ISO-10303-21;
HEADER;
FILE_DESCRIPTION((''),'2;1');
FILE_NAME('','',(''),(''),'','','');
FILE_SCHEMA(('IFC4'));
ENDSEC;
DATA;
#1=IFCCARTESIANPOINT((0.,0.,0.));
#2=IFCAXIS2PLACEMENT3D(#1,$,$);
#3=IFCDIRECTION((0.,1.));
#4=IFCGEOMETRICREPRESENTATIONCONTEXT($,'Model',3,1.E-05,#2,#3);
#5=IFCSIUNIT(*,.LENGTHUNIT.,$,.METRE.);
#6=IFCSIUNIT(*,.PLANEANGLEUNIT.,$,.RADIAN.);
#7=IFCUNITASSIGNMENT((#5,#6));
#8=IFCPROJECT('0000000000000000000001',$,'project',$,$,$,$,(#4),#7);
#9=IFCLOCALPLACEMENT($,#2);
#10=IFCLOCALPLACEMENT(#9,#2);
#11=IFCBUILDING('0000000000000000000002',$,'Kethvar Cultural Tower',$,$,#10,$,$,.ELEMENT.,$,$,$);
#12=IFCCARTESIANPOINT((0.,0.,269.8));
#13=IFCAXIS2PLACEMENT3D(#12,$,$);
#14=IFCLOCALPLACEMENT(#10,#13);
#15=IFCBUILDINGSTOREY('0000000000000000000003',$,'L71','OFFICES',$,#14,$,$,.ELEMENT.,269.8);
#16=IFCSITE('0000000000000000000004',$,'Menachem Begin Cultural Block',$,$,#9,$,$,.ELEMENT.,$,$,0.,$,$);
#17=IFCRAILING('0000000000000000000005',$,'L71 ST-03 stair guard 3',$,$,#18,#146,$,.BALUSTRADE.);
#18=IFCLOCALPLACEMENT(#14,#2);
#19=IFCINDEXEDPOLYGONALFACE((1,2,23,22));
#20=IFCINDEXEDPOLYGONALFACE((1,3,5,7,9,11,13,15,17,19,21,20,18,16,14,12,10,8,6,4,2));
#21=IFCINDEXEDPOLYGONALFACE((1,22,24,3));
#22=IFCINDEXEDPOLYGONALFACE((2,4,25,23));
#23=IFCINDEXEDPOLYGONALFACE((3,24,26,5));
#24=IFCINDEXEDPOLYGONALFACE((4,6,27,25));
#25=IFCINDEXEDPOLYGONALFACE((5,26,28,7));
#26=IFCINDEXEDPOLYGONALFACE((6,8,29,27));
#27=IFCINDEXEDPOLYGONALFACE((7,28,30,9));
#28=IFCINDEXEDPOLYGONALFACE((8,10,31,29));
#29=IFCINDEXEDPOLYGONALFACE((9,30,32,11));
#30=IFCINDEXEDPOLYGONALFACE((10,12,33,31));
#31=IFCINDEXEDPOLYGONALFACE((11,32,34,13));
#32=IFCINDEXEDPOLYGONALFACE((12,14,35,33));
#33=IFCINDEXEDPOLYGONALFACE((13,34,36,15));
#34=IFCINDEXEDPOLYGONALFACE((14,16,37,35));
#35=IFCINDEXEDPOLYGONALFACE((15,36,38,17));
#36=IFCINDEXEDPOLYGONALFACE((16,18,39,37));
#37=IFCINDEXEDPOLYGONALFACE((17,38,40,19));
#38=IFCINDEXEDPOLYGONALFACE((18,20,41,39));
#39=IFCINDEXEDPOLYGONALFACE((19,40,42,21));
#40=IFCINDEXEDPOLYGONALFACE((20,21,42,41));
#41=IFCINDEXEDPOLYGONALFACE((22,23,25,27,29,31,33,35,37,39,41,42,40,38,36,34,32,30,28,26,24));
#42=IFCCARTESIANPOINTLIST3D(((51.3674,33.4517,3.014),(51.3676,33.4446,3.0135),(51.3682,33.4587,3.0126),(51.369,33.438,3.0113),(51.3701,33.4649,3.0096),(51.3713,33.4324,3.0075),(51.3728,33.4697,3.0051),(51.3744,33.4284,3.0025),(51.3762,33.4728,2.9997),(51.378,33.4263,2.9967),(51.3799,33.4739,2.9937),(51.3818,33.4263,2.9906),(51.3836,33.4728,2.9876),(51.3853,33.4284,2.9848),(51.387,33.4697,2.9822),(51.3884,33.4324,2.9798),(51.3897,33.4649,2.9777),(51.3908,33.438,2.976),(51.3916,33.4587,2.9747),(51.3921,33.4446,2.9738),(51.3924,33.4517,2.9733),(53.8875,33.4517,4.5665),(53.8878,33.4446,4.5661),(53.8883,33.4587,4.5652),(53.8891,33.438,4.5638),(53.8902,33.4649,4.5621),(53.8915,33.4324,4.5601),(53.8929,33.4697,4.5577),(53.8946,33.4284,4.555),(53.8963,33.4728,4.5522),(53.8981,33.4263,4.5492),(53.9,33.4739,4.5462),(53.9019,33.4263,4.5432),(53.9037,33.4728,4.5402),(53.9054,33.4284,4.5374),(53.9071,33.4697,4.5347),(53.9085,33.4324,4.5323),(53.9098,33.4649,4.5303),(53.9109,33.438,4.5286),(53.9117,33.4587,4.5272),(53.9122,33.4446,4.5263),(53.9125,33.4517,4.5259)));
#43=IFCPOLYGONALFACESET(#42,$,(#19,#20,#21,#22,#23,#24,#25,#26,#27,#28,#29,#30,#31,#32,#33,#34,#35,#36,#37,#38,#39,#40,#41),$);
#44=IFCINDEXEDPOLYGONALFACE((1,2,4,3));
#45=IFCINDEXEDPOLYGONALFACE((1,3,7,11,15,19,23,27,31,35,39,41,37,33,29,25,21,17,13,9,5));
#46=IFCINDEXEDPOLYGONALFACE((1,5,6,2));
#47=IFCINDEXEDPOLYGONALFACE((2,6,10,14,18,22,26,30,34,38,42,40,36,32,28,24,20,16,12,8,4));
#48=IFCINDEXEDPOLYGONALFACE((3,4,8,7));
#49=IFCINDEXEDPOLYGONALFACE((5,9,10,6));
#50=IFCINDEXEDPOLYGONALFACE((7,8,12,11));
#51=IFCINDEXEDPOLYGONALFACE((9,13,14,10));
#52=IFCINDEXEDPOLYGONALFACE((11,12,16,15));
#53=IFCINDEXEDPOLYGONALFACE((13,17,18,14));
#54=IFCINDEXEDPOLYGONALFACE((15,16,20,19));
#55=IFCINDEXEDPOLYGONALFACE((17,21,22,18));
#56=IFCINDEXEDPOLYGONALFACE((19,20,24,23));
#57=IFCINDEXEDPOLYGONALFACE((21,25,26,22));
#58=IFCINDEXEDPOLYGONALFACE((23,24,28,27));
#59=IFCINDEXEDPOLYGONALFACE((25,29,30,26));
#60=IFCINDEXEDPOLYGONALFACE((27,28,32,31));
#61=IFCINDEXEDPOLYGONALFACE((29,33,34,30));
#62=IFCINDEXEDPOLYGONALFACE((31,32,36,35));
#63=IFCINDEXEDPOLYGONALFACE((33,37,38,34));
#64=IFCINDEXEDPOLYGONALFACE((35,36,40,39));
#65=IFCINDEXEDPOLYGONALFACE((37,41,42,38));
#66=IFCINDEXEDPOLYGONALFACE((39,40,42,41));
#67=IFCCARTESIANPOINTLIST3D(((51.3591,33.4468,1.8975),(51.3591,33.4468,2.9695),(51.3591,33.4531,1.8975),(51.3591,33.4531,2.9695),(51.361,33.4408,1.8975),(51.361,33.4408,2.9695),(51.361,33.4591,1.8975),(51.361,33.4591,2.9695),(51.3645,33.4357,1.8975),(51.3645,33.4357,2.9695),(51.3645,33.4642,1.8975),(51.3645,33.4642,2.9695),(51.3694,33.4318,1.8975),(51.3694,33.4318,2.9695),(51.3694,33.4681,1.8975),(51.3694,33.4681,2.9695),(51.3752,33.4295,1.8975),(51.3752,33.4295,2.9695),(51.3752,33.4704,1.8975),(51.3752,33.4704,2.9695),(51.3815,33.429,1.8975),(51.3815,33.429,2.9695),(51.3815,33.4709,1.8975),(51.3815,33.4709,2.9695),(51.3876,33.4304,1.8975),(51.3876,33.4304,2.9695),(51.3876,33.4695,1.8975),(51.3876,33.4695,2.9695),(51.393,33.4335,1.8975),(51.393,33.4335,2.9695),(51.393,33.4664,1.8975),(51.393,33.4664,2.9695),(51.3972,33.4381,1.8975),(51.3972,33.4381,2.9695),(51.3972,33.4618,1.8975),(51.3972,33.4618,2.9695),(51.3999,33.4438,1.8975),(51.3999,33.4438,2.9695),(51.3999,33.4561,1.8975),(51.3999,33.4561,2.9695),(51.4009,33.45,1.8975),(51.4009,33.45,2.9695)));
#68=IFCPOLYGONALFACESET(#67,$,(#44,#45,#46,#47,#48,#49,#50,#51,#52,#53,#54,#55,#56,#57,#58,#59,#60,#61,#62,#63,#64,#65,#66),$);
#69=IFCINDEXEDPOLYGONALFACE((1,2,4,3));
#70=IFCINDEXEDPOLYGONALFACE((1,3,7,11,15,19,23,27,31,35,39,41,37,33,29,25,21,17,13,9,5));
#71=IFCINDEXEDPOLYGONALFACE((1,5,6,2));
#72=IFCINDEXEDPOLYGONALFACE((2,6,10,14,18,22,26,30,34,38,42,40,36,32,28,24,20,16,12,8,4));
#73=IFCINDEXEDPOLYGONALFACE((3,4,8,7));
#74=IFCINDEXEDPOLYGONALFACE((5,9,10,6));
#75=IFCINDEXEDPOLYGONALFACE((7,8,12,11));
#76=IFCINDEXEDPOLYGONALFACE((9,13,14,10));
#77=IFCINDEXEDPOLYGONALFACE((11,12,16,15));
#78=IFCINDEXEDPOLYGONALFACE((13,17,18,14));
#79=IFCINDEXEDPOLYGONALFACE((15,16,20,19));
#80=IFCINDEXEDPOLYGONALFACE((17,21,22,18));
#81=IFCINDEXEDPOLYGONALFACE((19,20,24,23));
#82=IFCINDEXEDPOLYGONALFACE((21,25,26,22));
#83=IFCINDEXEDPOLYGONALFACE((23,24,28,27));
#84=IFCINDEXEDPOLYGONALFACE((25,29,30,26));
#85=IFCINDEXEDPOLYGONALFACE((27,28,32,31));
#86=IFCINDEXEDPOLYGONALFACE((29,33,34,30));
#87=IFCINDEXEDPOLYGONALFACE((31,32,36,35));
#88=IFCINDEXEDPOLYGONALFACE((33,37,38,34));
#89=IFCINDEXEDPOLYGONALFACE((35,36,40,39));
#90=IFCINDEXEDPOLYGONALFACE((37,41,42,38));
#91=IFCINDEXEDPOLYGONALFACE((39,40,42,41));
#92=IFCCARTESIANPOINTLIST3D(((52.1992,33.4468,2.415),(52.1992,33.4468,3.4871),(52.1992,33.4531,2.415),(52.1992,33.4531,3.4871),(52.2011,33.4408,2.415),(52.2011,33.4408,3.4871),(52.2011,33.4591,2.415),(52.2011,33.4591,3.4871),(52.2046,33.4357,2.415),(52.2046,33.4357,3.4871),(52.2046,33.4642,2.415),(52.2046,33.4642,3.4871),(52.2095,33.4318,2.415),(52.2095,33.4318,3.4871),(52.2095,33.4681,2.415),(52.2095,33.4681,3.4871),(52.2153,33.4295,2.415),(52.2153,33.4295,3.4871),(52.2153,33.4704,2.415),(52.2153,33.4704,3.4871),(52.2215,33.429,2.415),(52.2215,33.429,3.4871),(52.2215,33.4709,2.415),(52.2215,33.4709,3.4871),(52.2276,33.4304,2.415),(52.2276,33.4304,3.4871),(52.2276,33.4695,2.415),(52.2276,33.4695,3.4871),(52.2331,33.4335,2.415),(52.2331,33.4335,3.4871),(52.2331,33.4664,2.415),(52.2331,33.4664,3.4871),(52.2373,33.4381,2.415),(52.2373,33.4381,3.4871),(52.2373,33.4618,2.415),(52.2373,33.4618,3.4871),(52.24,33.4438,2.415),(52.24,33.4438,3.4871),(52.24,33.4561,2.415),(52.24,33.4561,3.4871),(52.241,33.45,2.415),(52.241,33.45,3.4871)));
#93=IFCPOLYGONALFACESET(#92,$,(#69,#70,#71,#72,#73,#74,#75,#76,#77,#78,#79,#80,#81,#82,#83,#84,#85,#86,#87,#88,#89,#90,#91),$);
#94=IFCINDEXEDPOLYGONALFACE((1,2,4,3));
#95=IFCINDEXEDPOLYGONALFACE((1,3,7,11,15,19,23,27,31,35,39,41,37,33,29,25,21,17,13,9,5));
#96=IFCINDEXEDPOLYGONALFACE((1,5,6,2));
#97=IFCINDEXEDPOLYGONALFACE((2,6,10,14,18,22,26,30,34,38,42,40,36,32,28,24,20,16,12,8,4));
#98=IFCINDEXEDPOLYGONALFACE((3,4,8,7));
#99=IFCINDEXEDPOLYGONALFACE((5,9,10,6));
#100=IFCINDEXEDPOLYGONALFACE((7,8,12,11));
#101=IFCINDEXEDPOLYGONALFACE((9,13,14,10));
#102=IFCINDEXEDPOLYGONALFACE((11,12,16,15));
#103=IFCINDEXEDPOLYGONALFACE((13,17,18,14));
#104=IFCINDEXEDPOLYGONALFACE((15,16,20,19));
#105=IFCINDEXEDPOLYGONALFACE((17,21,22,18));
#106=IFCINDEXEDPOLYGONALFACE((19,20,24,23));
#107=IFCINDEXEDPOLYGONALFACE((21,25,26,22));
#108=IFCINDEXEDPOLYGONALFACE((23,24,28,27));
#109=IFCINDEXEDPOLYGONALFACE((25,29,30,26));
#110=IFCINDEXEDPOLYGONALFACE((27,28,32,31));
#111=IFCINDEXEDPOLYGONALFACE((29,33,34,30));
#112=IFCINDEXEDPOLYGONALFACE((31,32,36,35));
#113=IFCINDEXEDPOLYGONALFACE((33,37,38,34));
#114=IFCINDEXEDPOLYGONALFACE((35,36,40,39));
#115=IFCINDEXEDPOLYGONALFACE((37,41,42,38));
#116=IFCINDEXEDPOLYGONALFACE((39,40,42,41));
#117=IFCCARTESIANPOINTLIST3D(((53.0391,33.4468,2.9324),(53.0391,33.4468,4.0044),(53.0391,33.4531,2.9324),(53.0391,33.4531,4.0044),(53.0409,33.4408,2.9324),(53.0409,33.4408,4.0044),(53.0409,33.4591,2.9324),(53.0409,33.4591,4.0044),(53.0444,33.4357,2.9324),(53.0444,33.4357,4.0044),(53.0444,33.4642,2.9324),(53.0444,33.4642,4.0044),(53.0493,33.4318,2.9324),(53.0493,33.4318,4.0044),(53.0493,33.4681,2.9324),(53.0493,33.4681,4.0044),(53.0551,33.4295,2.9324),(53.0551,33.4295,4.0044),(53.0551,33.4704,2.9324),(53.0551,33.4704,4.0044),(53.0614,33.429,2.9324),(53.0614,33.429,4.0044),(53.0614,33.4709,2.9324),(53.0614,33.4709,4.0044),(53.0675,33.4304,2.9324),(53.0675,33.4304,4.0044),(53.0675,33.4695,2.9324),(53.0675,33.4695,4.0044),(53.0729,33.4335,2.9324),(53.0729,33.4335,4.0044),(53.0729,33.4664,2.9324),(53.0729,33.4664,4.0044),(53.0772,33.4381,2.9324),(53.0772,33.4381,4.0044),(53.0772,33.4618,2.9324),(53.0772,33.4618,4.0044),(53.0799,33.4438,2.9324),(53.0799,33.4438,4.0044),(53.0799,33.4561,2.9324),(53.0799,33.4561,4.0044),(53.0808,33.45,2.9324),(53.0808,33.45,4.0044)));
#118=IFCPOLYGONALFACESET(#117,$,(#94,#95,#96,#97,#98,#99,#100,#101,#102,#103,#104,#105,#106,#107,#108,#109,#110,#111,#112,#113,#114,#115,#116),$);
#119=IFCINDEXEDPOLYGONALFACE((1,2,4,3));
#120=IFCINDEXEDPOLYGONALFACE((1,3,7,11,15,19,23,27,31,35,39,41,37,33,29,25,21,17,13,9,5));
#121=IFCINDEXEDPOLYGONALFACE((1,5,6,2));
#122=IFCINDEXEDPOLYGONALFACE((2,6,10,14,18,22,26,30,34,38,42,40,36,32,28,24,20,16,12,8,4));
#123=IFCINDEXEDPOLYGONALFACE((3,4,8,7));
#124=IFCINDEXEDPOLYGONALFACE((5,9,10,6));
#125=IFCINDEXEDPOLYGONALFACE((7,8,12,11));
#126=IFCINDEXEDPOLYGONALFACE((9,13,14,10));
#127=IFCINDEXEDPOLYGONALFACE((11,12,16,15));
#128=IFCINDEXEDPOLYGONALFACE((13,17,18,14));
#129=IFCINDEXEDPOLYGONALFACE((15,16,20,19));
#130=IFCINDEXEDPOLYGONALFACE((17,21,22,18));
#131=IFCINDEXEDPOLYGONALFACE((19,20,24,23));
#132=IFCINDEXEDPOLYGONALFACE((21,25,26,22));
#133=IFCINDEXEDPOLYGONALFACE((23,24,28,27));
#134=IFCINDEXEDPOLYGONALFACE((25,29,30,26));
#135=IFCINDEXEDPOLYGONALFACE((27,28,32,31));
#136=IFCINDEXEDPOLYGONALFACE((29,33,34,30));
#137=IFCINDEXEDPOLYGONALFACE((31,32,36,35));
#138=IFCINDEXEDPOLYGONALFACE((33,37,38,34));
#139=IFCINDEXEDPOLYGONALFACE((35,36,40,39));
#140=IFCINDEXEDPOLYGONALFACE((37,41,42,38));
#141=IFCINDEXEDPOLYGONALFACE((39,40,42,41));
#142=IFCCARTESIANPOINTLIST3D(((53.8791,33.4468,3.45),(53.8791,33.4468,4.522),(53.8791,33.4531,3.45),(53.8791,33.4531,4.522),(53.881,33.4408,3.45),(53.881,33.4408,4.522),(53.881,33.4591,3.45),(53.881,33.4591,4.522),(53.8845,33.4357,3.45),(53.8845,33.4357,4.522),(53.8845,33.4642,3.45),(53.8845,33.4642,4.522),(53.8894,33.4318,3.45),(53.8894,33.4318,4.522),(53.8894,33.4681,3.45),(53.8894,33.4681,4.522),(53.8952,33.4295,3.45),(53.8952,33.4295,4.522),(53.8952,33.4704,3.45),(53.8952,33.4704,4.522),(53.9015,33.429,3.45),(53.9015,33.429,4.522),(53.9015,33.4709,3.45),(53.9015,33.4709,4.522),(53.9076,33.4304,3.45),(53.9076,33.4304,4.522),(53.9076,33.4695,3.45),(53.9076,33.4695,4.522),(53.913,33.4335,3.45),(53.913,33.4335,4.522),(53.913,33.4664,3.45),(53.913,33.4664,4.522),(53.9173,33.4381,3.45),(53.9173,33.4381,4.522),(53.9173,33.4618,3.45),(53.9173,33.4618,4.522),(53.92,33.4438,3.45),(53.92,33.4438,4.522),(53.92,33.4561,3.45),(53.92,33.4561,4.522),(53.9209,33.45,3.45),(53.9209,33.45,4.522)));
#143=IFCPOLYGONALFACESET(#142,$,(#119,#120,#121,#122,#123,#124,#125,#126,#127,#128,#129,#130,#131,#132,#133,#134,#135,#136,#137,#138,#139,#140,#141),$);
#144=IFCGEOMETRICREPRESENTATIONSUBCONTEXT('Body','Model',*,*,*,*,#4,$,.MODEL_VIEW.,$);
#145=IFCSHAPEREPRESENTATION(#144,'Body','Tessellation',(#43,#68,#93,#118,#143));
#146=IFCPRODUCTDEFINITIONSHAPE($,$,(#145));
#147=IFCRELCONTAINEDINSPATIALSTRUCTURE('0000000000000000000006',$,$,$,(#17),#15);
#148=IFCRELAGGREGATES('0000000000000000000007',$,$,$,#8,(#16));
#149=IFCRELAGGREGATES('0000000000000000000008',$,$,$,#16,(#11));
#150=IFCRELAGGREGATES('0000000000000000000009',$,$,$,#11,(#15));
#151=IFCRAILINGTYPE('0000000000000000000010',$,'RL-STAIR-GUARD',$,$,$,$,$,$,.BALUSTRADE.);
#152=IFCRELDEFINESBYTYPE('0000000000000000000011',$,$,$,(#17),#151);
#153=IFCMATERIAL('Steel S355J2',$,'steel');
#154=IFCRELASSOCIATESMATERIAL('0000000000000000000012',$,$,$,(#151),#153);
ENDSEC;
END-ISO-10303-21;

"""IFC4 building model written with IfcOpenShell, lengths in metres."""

from ifc_helpers import new_model, si_unit, direction, frame, origin, origin_2d, place, context, subcontext, project, spatial, circle, extrude, material, type_object, element, save


model = new_model("IFC4")

# Units and contexts
model_context = context("Model", 3, precision=1e-05, world=origin(), true_north=direction((0.0, 1.0)))
body_context = subcontext(model_context, "Body", "Model", "MODEL_VIEW")
ifc_project = project(units=[si_unit("LENGTHUNIT", "METRE"), si_unit("PLANEANGLEUNIT", "RADIAN")], contexts=[model_context])

# Site, building, storey
site_placement = place(None, origin())
site = spatial("IfcSite", under=ifc_project, at=site_placement, Name="Menachem Begin Cultural Block", CompositionType="ELEMENT", RefElevation=0.0)
building_placement = place(site_placement, origin())
building = spatial("IfcBuilding", under=site, at=building_placement, Name="Kethvar Cultural Tower", CompositionType="ELEMENT")
storey_placement = place(building_placement, frame((0.0, 0.0, 269.8)))
storey = spatial("IfcBuildingStorey", under=building, at=storey_placement, Name="L71", Description="OFFICES", CompositionType="ELEMENT", Elevation=269.8)

# Shared definitions
ifc_material_1 = material(Name="Steel S355J2", Category="steel")

# Railing
railing_type_1 = type_object("IfcRailingType", Name="RL-STAIR-GUARD", PredefinedType="BALUSTRADE", material=ifc_material_1)
railing_1_placement = place(storey_placement, frame((51.3799, 33.45, 1.8975)))
element("IfcRailing", 1, at=railing_1_placement, inside=storey, type_object=railing_type_1, Name="L71 ST-03 stair guard 3", PredefinedType="BALUSTRADE", context=body_context, shape_type="SweptSolid", body=[
    extrude(circle(Radius=0.0239, at=origin_2d()), frame((0.0, 0.0, 1.0962), z_axis=(0.8514, 0.0, 0.524516), x_axis=(0.0, 1.0, 0.0)), (0.0, 0.0, 1.0), 2.96),
    extrude(circle(Radius=0.021, at=origin_2d()), origin(), (0.0, 0.0, 1.0), 1.072),
    extrude(circle(Radius=0.021, at=origin_2d()), frame((0.8401, 0.0, 0.5176)), (0.0, 0.0, 1.0), 1.072),
    extrude(circle(Radius=0.021, at=origin_2d()), frame((1.6799, 0.0, 1.0349)), (0.0, 0.0, 1.0), 1.072),
    extrude(circle(Radius=0.021, at=origin_2d()), frame((2.52, 0.0, 1.5525)), (0.0, 0.0, 1.0), 1.072),
])

save(model, "model.ifc")
